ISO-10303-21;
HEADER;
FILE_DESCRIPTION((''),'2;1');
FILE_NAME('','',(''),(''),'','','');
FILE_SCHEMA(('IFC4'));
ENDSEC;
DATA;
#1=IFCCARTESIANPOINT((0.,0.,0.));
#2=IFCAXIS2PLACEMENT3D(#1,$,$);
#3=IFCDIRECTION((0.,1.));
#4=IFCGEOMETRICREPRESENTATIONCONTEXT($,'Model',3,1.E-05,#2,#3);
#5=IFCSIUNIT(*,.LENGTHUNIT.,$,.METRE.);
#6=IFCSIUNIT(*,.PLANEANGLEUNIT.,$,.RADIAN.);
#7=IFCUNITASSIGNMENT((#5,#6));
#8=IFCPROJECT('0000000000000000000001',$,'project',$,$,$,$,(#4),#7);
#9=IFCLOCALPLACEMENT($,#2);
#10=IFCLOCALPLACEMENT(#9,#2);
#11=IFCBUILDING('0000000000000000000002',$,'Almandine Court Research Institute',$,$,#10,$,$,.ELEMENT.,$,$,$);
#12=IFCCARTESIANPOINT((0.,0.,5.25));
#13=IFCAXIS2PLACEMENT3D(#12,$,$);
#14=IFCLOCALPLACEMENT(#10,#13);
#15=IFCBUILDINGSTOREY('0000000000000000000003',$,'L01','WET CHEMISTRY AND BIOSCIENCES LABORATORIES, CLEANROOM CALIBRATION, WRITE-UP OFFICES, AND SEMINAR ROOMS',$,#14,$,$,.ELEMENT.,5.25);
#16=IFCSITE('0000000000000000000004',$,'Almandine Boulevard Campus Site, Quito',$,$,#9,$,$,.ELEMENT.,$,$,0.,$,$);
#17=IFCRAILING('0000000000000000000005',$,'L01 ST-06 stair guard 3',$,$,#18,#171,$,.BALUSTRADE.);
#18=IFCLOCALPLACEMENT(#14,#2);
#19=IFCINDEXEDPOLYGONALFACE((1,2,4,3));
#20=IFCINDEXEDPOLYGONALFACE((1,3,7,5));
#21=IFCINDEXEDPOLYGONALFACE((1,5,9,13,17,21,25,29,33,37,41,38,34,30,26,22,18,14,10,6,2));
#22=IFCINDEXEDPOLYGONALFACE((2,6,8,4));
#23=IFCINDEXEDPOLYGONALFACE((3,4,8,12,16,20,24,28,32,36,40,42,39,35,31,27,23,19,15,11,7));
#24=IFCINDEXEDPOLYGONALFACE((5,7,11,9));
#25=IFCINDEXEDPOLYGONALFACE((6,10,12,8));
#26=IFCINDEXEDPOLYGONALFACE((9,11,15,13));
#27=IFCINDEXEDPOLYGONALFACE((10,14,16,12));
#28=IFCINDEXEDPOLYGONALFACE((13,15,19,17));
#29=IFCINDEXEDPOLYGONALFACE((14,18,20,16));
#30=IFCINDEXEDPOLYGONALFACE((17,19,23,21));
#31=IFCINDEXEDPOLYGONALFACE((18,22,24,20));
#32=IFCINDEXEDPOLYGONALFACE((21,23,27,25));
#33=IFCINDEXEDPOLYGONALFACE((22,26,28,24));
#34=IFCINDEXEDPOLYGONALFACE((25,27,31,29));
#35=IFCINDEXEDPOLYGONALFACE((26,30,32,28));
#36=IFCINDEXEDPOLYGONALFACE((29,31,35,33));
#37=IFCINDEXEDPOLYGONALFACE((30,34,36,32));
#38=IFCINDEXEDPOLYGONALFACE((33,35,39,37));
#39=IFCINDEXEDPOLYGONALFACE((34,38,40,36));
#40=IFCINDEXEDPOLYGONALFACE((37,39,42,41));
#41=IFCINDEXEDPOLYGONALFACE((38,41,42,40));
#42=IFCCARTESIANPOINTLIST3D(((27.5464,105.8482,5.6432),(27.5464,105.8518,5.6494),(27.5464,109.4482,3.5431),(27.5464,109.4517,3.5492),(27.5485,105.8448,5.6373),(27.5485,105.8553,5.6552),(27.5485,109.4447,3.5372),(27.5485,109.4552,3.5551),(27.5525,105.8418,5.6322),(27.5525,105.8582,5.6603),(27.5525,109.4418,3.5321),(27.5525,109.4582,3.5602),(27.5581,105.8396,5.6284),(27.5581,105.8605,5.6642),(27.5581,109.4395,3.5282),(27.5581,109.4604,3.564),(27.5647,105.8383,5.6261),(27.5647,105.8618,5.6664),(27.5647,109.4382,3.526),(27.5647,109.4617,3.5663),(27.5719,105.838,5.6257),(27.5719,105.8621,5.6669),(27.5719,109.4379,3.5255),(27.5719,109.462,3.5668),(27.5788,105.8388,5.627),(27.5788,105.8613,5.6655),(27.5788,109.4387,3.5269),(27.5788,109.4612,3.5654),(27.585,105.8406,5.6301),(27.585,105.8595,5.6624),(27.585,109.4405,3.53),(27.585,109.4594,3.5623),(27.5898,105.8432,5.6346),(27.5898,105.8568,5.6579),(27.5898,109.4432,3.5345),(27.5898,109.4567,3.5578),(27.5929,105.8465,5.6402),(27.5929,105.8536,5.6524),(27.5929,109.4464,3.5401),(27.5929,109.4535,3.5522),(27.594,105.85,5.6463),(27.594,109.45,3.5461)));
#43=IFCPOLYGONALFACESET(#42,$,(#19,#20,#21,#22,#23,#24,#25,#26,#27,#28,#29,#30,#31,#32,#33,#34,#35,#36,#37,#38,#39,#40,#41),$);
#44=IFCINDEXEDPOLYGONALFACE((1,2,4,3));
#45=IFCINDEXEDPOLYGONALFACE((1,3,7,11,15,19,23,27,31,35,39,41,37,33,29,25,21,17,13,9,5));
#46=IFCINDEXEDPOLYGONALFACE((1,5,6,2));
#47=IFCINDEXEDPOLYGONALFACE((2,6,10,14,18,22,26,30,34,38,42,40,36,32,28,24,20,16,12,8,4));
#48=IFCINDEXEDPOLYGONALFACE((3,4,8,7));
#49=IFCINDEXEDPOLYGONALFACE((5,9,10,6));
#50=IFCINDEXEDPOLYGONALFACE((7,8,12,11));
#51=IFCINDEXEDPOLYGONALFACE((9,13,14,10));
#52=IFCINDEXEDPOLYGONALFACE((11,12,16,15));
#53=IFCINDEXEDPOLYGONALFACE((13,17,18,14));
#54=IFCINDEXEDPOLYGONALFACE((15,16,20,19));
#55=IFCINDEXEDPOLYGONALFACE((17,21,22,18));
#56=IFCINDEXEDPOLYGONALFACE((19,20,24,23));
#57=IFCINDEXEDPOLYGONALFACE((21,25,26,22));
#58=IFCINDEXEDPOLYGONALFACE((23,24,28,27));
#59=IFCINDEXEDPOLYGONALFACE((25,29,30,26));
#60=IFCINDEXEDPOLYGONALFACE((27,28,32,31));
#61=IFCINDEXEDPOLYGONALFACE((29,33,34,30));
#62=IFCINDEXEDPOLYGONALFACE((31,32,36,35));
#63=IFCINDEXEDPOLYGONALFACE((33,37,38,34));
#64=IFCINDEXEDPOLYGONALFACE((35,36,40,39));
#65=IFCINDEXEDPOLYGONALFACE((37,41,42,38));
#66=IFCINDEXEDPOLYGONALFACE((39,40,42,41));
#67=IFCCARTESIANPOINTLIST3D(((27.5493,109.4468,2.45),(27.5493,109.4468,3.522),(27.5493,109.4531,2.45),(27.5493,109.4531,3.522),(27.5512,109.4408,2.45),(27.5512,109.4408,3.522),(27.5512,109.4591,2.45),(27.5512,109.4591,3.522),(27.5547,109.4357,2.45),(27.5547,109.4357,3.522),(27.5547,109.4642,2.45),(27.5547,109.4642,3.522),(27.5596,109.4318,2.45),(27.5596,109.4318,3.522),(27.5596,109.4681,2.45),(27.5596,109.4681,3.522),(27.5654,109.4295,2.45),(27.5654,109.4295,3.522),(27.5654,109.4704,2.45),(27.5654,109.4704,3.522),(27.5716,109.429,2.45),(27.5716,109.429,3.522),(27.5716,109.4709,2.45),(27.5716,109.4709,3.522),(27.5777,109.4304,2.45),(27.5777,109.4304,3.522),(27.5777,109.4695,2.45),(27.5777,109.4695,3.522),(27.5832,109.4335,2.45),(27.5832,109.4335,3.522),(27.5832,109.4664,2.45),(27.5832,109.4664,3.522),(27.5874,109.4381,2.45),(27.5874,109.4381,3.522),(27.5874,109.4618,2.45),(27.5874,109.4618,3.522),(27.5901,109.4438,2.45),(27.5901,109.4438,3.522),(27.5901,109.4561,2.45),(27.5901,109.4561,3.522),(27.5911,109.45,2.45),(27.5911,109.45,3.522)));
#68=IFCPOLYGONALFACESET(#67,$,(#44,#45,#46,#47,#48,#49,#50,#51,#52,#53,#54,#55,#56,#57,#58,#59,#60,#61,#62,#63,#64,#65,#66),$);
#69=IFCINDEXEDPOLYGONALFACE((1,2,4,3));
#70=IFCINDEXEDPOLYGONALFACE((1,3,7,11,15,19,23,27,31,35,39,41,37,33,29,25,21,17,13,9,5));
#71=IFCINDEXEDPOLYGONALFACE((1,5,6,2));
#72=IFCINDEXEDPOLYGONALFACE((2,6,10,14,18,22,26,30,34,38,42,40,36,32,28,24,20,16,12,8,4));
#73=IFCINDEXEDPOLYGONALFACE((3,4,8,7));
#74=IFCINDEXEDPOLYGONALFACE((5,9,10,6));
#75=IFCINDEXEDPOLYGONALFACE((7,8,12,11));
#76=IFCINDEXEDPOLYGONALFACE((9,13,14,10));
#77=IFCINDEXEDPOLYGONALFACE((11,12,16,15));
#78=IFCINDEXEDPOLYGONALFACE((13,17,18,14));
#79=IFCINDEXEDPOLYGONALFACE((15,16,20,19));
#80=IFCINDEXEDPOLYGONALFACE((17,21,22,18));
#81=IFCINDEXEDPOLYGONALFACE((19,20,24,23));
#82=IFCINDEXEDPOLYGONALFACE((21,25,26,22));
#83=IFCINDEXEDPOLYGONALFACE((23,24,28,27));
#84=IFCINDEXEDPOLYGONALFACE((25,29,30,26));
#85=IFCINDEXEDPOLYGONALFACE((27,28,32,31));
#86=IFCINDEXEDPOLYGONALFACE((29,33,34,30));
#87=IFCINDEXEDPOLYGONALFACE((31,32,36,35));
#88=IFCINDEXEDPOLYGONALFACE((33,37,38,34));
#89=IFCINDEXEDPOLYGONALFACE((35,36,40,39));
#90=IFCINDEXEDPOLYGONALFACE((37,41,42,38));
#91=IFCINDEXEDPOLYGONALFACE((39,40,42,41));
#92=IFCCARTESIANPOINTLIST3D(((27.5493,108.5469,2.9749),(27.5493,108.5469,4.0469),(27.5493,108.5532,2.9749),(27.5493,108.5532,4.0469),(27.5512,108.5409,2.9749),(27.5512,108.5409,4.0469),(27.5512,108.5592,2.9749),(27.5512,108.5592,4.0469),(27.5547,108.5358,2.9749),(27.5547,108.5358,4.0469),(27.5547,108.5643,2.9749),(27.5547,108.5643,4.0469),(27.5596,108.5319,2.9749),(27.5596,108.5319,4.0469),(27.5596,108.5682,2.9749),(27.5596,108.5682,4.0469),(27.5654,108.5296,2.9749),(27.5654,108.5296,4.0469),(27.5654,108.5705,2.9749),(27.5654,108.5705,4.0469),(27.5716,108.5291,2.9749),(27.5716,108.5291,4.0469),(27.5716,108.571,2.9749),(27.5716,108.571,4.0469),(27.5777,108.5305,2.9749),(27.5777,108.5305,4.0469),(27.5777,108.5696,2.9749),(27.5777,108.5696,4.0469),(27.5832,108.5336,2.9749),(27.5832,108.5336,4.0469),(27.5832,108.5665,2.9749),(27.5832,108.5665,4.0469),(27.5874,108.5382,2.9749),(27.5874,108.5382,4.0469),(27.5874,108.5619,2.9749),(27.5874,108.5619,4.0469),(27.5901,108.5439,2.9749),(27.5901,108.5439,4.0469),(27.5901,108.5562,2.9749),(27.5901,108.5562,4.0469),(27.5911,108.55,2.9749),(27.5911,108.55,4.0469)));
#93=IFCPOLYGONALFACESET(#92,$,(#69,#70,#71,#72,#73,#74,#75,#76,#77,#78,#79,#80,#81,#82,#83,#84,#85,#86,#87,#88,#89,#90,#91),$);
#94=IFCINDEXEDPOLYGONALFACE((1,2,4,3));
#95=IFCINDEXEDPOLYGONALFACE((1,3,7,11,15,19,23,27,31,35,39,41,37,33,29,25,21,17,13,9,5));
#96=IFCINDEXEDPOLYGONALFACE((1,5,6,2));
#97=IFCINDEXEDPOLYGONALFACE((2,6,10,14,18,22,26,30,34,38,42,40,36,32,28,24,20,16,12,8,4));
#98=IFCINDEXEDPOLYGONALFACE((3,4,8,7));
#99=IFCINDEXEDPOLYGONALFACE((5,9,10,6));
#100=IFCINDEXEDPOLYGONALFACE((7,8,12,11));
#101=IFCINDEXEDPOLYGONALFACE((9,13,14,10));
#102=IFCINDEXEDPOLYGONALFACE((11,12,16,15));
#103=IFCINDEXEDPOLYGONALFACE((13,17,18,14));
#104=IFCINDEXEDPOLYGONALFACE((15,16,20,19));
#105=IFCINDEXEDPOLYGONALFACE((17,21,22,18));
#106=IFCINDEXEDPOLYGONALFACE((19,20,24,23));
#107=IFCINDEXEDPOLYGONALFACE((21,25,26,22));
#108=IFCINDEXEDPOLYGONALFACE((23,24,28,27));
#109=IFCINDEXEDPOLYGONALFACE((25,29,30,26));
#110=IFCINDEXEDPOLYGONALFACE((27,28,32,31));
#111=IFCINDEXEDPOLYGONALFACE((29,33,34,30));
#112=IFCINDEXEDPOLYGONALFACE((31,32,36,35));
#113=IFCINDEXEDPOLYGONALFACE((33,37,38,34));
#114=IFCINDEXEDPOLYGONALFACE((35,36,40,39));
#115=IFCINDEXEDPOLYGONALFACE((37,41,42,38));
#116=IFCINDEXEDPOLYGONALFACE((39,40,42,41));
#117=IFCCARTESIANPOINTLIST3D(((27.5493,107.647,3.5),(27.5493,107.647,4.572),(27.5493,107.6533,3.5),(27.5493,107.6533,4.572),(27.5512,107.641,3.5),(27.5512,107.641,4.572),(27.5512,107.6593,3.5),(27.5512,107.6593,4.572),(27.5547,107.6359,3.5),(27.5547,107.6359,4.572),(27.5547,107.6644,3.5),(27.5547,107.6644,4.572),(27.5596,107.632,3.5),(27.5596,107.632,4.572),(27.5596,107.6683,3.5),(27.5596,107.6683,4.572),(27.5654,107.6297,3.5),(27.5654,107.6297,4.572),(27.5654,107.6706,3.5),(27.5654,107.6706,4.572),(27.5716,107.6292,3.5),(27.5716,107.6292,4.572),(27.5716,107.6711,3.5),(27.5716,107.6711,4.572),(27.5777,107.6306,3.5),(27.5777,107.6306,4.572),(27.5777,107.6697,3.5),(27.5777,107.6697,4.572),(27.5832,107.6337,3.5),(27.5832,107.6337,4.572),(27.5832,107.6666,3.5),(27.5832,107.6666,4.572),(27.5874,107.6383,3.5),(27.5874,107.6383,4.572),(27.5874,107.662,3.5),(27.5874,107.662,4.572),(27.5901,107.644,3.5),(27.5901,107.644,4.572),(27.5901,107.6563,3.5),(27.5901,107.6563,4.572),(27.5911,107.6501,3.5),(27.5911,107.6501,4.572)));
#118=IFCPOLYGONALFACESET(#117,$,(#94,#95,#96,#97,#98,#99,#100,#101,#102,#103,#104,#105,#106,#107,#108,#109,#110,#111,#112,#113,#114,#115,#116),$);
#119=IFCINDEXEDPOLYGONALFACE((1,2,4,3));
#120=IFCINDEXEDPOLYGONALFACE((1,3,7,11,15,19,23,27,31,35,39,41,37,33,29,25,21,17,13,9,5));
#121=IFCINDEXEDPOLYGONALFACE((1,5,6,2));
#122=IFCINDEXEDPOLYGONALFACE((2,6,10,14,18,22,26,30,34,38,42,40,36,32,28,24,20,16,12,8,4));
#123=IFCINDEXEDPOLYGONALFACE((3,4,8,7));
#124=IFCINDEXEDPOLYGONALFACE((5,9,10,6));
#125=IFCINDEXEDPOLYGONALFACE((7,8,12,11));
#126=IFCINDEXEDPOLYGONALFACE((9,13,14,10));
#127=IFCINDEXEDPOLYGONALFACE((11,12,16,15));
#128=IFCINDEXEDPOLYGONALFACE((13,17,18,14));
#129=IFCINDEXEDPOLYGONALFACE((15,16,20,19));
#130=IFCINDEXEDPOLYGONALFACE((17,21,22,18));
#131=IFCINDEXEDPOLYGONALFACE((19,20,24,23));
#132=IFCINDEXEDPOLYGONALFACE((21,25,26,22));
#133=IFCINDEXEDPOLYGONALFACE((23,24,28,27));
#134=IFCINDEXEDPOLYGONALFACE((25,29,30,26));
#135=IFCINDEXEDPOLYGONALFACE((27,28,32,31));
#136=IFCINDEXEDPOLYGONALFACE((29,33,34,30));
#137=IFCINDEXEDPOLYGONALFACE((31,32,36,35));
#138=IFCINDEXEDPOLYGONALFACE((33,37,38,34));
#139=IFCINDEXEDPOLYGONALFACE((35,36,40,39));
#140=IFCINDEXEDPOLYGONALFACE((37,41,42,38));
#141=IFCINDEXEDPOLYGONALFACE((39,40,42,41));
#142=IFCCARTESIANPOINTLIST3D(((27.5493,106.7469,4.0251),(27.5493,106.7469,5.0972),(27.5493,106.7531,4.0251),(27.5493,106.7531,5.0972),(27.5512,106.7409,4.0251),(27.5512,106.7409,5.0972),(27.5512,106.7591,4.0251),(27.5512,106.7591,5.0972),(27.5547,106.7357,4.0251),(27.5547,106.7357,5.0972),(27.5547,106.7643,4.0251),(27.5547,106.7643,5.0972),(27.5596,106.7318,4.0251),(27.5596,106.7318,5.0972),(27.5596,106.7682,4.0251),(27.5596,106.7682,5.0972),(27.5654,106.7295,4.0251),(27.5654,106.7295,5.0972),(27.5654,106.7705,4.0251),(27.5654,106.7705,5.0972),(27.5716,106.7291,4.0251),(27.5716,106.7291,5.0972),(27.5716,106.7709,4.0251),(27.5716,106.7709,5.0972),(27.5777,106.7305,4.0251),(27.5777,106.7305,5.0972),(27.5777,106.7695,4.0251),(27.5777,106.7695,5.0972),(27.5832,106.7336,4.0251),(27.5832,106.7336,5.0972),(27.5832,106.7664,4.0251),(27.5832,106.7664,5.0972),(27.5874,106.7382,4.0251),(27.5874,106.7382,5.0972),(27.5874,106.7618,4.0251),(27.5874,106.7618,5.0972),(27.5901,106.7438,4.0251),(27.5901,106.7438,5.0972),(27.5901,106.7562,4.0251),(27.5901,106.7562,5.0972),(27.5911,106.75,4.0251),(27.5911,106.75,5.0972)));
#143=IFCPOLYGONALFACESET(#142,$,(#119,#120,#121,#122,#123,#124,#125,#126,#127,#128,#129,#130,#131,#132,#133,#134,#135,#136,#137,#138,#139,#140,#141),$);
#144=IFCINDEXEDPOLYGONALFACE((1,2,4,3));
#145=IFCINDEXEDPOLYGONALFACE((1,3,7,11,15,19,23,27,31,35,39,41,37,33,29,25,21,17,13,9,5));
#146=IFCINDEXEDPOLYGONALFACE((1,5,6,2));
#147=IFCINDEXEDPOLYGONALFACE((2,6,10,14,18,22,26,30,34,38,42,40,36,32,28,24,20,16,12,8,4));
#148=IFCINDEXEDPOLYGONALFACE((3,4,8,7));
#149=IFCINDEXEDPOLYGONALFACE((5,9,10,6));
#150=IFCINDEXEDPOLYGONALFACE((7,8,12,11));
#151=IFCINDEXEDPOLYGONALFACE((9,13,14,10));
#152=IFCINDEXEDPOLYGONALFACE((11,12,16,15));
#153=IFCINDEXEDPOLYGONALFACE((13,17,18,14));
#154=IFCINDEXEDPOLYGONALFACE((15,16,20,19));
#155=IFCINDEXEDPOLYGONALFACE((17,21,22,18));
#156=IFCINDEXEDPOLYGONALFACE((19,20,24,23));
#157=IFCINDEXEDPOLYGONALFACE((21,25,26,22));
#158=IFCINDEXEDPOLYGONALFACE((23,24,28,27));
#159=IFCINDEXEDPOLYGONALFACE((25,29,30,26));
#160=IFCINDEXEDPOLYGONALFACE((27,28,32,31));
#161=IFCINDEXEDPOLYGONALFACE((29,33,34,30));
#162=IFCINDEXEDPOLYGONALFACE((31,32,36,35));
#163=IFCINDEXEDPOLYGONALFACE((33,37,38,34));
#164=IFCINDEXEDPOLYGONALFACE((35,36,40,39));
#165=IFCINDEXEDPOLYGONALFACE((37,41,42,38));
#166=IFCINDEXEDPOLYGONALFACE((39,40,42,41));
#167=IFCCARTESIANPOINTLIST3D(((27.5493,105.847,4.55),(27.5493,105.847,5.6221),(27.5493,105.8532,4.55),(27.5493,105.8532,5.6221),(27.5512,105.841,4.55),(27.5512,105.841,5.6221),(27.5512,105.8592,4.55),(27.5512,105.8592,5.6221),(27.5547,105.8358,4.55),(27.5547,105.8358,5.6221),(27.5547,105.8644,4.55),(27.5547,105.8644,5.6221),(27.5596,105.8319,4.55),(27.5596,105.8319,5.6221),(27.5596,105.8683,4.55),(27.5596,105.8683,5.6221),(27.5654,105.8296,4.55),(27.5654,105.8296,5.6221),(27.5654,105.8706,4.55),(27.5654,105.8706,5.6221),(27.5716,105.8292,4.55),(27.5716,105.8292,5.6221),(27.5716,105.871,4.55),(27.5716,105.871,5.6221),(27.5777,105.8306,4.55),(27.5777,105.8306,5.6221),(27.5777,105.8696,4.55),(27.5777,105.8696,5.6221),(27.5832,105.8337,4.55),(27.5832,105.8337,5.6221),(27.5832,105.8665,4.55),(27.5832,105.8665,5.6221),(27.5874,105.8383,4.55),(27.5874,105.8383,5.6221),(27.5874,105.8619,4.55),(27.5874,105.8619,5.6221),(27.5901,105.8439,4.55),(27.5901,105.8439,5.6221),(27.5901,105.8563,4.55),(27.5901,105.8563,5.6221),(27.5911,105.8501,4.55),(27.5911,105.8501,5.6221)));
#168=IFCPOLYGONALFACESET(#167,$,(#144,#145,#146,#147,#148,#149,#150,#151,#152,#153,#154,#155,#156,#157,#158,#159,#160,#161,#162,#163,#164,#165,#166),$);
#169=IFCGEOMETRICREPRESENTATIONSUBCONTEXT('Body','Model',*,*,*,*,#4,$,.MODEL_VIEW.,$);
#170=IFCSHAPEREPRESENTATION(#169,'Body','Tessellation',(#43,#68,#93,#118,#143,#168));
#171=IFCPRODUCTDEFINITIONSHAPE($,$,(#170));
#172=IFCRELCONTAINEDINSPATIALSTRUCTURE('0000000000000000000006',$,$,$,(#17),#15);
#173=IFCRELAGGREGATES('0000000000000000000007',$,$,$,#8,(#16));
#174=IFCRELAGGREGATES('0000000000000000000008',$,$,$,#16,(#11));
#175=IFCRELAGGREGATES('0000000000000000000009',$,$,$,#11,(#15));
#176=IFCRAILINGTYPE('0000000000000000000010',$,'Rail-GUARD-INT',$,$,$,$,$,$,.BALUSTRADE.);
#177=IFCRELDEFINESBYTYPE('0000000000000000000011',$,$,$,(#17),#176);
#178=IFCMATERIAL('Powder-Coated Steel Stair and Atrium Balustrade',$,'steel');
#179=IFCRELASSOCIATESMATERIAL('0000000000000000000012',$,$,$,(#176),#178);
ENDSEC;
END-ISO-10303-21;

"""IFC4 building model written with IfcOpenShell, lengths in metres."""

from ifc_helpers import new_model, si_unit, direction, frame, origin, origin_2d, place, context, subcontext, project, spatial, circle, extrude, material, type_object, element, save


model = new_model("IFC4")

# Units and contexts
model_context = context("Model", 3, precision=1e-05, world=origin(), true_north=direction((0.0, 1.0)))
body_context = subcontext(model_context, "Body", "Model", "MODEL_VIEW")
ifc_project = project(units=[si_unit("LENGTHUNIT", "METRE"), si_unit("PLANEANGLEUNIT", "RADIAN")], contexts=[model_context])

# Site, building, storey
site_placement = place(None, origin())
site = spatial("IfcSite", under=ifc_project, at=site_placement, Name="Almandine Boulevard Campus Site, Quito", CompositionType="ELEMENT", RefElevation=0.0)
building_placement = place(site_placement, origin())
building = spatial("IfcBuilding", under=site, at=building_placement, Name="Almandine Court Research Institute", CompositionType="ELEMENT")
storey_placement = place(building_placement, frame((0.0, 0.0, 5.25)))
storey = spatial("IfcBuildingStorey", under=building, at=storey_placement, Name="L01", Description="WET CHEMISTRY AND BIOSCIENCES LABORATORIES, CLEANROOM CALIBRATION, WRITE-UP OFFICES, AND SEMINAR ROOMS", CompositionType="ELEMENT", Elevation=5.25)

# Railing
ifc_material_1 = material(Name="Powder-Coated Steel Stair and Atrium Balustrade", Category="steel")
railing_type_1 = type_object("IfcRailingType", Name="Rail-GUARD-INT", PredefinedType="BALUSTRADE", material=ifc_material_1)
railing_1_placement = place(storey_placement, frame((27.5701, 109.45, 2.45)))
element("IfcRailing", 1, at=railing_1_placement, inside=storey, type_object=railing_type_1, Name="L01 ST-06 stair guard 3", PredefinedType="BALUSTRADE", context=body_context, shape_type="SweptSolid", body=[
    extrude(circle(Radius=0.0239, at=origin_2d()), frame((0.0, 0.0, 1.0962), z_axis=(0.0, -0.86376, 0.503904), x_axis=(1.0, 0.0, 0.0)), (0.0, 0.0, 1.0), 4.1677),
    extrude(circle(Radius=0.021, at=origin_2d()), origin(), (0.0, 0.0, 1.0), 1.072),
    extrude(circle(Radius=0.021, at=origin_2d()), frame((0.0, -0.8999, 0.5249)), (0.0, 0.0, 1.0), 1.072),
    extrude(circle(Radius=0.021, at=origin_2d()), frame((0.0, -1.7998, 1.05)), (0.0, 0.0, 1.0), 1.072),
    extrude(circle(Radius=0.021, at=origin_2d()), frame((0.0, -2.7, 1.5752)), (0.0, 0.0, 1.0), 1.072),
    extrude(circle(Radius=0.021, at=origin_2d()), frame((0.0, -3.5999, 2.1001)), (0.0, 0.0, 1.0), 1.072),
])

save(model, "model.ifc")
